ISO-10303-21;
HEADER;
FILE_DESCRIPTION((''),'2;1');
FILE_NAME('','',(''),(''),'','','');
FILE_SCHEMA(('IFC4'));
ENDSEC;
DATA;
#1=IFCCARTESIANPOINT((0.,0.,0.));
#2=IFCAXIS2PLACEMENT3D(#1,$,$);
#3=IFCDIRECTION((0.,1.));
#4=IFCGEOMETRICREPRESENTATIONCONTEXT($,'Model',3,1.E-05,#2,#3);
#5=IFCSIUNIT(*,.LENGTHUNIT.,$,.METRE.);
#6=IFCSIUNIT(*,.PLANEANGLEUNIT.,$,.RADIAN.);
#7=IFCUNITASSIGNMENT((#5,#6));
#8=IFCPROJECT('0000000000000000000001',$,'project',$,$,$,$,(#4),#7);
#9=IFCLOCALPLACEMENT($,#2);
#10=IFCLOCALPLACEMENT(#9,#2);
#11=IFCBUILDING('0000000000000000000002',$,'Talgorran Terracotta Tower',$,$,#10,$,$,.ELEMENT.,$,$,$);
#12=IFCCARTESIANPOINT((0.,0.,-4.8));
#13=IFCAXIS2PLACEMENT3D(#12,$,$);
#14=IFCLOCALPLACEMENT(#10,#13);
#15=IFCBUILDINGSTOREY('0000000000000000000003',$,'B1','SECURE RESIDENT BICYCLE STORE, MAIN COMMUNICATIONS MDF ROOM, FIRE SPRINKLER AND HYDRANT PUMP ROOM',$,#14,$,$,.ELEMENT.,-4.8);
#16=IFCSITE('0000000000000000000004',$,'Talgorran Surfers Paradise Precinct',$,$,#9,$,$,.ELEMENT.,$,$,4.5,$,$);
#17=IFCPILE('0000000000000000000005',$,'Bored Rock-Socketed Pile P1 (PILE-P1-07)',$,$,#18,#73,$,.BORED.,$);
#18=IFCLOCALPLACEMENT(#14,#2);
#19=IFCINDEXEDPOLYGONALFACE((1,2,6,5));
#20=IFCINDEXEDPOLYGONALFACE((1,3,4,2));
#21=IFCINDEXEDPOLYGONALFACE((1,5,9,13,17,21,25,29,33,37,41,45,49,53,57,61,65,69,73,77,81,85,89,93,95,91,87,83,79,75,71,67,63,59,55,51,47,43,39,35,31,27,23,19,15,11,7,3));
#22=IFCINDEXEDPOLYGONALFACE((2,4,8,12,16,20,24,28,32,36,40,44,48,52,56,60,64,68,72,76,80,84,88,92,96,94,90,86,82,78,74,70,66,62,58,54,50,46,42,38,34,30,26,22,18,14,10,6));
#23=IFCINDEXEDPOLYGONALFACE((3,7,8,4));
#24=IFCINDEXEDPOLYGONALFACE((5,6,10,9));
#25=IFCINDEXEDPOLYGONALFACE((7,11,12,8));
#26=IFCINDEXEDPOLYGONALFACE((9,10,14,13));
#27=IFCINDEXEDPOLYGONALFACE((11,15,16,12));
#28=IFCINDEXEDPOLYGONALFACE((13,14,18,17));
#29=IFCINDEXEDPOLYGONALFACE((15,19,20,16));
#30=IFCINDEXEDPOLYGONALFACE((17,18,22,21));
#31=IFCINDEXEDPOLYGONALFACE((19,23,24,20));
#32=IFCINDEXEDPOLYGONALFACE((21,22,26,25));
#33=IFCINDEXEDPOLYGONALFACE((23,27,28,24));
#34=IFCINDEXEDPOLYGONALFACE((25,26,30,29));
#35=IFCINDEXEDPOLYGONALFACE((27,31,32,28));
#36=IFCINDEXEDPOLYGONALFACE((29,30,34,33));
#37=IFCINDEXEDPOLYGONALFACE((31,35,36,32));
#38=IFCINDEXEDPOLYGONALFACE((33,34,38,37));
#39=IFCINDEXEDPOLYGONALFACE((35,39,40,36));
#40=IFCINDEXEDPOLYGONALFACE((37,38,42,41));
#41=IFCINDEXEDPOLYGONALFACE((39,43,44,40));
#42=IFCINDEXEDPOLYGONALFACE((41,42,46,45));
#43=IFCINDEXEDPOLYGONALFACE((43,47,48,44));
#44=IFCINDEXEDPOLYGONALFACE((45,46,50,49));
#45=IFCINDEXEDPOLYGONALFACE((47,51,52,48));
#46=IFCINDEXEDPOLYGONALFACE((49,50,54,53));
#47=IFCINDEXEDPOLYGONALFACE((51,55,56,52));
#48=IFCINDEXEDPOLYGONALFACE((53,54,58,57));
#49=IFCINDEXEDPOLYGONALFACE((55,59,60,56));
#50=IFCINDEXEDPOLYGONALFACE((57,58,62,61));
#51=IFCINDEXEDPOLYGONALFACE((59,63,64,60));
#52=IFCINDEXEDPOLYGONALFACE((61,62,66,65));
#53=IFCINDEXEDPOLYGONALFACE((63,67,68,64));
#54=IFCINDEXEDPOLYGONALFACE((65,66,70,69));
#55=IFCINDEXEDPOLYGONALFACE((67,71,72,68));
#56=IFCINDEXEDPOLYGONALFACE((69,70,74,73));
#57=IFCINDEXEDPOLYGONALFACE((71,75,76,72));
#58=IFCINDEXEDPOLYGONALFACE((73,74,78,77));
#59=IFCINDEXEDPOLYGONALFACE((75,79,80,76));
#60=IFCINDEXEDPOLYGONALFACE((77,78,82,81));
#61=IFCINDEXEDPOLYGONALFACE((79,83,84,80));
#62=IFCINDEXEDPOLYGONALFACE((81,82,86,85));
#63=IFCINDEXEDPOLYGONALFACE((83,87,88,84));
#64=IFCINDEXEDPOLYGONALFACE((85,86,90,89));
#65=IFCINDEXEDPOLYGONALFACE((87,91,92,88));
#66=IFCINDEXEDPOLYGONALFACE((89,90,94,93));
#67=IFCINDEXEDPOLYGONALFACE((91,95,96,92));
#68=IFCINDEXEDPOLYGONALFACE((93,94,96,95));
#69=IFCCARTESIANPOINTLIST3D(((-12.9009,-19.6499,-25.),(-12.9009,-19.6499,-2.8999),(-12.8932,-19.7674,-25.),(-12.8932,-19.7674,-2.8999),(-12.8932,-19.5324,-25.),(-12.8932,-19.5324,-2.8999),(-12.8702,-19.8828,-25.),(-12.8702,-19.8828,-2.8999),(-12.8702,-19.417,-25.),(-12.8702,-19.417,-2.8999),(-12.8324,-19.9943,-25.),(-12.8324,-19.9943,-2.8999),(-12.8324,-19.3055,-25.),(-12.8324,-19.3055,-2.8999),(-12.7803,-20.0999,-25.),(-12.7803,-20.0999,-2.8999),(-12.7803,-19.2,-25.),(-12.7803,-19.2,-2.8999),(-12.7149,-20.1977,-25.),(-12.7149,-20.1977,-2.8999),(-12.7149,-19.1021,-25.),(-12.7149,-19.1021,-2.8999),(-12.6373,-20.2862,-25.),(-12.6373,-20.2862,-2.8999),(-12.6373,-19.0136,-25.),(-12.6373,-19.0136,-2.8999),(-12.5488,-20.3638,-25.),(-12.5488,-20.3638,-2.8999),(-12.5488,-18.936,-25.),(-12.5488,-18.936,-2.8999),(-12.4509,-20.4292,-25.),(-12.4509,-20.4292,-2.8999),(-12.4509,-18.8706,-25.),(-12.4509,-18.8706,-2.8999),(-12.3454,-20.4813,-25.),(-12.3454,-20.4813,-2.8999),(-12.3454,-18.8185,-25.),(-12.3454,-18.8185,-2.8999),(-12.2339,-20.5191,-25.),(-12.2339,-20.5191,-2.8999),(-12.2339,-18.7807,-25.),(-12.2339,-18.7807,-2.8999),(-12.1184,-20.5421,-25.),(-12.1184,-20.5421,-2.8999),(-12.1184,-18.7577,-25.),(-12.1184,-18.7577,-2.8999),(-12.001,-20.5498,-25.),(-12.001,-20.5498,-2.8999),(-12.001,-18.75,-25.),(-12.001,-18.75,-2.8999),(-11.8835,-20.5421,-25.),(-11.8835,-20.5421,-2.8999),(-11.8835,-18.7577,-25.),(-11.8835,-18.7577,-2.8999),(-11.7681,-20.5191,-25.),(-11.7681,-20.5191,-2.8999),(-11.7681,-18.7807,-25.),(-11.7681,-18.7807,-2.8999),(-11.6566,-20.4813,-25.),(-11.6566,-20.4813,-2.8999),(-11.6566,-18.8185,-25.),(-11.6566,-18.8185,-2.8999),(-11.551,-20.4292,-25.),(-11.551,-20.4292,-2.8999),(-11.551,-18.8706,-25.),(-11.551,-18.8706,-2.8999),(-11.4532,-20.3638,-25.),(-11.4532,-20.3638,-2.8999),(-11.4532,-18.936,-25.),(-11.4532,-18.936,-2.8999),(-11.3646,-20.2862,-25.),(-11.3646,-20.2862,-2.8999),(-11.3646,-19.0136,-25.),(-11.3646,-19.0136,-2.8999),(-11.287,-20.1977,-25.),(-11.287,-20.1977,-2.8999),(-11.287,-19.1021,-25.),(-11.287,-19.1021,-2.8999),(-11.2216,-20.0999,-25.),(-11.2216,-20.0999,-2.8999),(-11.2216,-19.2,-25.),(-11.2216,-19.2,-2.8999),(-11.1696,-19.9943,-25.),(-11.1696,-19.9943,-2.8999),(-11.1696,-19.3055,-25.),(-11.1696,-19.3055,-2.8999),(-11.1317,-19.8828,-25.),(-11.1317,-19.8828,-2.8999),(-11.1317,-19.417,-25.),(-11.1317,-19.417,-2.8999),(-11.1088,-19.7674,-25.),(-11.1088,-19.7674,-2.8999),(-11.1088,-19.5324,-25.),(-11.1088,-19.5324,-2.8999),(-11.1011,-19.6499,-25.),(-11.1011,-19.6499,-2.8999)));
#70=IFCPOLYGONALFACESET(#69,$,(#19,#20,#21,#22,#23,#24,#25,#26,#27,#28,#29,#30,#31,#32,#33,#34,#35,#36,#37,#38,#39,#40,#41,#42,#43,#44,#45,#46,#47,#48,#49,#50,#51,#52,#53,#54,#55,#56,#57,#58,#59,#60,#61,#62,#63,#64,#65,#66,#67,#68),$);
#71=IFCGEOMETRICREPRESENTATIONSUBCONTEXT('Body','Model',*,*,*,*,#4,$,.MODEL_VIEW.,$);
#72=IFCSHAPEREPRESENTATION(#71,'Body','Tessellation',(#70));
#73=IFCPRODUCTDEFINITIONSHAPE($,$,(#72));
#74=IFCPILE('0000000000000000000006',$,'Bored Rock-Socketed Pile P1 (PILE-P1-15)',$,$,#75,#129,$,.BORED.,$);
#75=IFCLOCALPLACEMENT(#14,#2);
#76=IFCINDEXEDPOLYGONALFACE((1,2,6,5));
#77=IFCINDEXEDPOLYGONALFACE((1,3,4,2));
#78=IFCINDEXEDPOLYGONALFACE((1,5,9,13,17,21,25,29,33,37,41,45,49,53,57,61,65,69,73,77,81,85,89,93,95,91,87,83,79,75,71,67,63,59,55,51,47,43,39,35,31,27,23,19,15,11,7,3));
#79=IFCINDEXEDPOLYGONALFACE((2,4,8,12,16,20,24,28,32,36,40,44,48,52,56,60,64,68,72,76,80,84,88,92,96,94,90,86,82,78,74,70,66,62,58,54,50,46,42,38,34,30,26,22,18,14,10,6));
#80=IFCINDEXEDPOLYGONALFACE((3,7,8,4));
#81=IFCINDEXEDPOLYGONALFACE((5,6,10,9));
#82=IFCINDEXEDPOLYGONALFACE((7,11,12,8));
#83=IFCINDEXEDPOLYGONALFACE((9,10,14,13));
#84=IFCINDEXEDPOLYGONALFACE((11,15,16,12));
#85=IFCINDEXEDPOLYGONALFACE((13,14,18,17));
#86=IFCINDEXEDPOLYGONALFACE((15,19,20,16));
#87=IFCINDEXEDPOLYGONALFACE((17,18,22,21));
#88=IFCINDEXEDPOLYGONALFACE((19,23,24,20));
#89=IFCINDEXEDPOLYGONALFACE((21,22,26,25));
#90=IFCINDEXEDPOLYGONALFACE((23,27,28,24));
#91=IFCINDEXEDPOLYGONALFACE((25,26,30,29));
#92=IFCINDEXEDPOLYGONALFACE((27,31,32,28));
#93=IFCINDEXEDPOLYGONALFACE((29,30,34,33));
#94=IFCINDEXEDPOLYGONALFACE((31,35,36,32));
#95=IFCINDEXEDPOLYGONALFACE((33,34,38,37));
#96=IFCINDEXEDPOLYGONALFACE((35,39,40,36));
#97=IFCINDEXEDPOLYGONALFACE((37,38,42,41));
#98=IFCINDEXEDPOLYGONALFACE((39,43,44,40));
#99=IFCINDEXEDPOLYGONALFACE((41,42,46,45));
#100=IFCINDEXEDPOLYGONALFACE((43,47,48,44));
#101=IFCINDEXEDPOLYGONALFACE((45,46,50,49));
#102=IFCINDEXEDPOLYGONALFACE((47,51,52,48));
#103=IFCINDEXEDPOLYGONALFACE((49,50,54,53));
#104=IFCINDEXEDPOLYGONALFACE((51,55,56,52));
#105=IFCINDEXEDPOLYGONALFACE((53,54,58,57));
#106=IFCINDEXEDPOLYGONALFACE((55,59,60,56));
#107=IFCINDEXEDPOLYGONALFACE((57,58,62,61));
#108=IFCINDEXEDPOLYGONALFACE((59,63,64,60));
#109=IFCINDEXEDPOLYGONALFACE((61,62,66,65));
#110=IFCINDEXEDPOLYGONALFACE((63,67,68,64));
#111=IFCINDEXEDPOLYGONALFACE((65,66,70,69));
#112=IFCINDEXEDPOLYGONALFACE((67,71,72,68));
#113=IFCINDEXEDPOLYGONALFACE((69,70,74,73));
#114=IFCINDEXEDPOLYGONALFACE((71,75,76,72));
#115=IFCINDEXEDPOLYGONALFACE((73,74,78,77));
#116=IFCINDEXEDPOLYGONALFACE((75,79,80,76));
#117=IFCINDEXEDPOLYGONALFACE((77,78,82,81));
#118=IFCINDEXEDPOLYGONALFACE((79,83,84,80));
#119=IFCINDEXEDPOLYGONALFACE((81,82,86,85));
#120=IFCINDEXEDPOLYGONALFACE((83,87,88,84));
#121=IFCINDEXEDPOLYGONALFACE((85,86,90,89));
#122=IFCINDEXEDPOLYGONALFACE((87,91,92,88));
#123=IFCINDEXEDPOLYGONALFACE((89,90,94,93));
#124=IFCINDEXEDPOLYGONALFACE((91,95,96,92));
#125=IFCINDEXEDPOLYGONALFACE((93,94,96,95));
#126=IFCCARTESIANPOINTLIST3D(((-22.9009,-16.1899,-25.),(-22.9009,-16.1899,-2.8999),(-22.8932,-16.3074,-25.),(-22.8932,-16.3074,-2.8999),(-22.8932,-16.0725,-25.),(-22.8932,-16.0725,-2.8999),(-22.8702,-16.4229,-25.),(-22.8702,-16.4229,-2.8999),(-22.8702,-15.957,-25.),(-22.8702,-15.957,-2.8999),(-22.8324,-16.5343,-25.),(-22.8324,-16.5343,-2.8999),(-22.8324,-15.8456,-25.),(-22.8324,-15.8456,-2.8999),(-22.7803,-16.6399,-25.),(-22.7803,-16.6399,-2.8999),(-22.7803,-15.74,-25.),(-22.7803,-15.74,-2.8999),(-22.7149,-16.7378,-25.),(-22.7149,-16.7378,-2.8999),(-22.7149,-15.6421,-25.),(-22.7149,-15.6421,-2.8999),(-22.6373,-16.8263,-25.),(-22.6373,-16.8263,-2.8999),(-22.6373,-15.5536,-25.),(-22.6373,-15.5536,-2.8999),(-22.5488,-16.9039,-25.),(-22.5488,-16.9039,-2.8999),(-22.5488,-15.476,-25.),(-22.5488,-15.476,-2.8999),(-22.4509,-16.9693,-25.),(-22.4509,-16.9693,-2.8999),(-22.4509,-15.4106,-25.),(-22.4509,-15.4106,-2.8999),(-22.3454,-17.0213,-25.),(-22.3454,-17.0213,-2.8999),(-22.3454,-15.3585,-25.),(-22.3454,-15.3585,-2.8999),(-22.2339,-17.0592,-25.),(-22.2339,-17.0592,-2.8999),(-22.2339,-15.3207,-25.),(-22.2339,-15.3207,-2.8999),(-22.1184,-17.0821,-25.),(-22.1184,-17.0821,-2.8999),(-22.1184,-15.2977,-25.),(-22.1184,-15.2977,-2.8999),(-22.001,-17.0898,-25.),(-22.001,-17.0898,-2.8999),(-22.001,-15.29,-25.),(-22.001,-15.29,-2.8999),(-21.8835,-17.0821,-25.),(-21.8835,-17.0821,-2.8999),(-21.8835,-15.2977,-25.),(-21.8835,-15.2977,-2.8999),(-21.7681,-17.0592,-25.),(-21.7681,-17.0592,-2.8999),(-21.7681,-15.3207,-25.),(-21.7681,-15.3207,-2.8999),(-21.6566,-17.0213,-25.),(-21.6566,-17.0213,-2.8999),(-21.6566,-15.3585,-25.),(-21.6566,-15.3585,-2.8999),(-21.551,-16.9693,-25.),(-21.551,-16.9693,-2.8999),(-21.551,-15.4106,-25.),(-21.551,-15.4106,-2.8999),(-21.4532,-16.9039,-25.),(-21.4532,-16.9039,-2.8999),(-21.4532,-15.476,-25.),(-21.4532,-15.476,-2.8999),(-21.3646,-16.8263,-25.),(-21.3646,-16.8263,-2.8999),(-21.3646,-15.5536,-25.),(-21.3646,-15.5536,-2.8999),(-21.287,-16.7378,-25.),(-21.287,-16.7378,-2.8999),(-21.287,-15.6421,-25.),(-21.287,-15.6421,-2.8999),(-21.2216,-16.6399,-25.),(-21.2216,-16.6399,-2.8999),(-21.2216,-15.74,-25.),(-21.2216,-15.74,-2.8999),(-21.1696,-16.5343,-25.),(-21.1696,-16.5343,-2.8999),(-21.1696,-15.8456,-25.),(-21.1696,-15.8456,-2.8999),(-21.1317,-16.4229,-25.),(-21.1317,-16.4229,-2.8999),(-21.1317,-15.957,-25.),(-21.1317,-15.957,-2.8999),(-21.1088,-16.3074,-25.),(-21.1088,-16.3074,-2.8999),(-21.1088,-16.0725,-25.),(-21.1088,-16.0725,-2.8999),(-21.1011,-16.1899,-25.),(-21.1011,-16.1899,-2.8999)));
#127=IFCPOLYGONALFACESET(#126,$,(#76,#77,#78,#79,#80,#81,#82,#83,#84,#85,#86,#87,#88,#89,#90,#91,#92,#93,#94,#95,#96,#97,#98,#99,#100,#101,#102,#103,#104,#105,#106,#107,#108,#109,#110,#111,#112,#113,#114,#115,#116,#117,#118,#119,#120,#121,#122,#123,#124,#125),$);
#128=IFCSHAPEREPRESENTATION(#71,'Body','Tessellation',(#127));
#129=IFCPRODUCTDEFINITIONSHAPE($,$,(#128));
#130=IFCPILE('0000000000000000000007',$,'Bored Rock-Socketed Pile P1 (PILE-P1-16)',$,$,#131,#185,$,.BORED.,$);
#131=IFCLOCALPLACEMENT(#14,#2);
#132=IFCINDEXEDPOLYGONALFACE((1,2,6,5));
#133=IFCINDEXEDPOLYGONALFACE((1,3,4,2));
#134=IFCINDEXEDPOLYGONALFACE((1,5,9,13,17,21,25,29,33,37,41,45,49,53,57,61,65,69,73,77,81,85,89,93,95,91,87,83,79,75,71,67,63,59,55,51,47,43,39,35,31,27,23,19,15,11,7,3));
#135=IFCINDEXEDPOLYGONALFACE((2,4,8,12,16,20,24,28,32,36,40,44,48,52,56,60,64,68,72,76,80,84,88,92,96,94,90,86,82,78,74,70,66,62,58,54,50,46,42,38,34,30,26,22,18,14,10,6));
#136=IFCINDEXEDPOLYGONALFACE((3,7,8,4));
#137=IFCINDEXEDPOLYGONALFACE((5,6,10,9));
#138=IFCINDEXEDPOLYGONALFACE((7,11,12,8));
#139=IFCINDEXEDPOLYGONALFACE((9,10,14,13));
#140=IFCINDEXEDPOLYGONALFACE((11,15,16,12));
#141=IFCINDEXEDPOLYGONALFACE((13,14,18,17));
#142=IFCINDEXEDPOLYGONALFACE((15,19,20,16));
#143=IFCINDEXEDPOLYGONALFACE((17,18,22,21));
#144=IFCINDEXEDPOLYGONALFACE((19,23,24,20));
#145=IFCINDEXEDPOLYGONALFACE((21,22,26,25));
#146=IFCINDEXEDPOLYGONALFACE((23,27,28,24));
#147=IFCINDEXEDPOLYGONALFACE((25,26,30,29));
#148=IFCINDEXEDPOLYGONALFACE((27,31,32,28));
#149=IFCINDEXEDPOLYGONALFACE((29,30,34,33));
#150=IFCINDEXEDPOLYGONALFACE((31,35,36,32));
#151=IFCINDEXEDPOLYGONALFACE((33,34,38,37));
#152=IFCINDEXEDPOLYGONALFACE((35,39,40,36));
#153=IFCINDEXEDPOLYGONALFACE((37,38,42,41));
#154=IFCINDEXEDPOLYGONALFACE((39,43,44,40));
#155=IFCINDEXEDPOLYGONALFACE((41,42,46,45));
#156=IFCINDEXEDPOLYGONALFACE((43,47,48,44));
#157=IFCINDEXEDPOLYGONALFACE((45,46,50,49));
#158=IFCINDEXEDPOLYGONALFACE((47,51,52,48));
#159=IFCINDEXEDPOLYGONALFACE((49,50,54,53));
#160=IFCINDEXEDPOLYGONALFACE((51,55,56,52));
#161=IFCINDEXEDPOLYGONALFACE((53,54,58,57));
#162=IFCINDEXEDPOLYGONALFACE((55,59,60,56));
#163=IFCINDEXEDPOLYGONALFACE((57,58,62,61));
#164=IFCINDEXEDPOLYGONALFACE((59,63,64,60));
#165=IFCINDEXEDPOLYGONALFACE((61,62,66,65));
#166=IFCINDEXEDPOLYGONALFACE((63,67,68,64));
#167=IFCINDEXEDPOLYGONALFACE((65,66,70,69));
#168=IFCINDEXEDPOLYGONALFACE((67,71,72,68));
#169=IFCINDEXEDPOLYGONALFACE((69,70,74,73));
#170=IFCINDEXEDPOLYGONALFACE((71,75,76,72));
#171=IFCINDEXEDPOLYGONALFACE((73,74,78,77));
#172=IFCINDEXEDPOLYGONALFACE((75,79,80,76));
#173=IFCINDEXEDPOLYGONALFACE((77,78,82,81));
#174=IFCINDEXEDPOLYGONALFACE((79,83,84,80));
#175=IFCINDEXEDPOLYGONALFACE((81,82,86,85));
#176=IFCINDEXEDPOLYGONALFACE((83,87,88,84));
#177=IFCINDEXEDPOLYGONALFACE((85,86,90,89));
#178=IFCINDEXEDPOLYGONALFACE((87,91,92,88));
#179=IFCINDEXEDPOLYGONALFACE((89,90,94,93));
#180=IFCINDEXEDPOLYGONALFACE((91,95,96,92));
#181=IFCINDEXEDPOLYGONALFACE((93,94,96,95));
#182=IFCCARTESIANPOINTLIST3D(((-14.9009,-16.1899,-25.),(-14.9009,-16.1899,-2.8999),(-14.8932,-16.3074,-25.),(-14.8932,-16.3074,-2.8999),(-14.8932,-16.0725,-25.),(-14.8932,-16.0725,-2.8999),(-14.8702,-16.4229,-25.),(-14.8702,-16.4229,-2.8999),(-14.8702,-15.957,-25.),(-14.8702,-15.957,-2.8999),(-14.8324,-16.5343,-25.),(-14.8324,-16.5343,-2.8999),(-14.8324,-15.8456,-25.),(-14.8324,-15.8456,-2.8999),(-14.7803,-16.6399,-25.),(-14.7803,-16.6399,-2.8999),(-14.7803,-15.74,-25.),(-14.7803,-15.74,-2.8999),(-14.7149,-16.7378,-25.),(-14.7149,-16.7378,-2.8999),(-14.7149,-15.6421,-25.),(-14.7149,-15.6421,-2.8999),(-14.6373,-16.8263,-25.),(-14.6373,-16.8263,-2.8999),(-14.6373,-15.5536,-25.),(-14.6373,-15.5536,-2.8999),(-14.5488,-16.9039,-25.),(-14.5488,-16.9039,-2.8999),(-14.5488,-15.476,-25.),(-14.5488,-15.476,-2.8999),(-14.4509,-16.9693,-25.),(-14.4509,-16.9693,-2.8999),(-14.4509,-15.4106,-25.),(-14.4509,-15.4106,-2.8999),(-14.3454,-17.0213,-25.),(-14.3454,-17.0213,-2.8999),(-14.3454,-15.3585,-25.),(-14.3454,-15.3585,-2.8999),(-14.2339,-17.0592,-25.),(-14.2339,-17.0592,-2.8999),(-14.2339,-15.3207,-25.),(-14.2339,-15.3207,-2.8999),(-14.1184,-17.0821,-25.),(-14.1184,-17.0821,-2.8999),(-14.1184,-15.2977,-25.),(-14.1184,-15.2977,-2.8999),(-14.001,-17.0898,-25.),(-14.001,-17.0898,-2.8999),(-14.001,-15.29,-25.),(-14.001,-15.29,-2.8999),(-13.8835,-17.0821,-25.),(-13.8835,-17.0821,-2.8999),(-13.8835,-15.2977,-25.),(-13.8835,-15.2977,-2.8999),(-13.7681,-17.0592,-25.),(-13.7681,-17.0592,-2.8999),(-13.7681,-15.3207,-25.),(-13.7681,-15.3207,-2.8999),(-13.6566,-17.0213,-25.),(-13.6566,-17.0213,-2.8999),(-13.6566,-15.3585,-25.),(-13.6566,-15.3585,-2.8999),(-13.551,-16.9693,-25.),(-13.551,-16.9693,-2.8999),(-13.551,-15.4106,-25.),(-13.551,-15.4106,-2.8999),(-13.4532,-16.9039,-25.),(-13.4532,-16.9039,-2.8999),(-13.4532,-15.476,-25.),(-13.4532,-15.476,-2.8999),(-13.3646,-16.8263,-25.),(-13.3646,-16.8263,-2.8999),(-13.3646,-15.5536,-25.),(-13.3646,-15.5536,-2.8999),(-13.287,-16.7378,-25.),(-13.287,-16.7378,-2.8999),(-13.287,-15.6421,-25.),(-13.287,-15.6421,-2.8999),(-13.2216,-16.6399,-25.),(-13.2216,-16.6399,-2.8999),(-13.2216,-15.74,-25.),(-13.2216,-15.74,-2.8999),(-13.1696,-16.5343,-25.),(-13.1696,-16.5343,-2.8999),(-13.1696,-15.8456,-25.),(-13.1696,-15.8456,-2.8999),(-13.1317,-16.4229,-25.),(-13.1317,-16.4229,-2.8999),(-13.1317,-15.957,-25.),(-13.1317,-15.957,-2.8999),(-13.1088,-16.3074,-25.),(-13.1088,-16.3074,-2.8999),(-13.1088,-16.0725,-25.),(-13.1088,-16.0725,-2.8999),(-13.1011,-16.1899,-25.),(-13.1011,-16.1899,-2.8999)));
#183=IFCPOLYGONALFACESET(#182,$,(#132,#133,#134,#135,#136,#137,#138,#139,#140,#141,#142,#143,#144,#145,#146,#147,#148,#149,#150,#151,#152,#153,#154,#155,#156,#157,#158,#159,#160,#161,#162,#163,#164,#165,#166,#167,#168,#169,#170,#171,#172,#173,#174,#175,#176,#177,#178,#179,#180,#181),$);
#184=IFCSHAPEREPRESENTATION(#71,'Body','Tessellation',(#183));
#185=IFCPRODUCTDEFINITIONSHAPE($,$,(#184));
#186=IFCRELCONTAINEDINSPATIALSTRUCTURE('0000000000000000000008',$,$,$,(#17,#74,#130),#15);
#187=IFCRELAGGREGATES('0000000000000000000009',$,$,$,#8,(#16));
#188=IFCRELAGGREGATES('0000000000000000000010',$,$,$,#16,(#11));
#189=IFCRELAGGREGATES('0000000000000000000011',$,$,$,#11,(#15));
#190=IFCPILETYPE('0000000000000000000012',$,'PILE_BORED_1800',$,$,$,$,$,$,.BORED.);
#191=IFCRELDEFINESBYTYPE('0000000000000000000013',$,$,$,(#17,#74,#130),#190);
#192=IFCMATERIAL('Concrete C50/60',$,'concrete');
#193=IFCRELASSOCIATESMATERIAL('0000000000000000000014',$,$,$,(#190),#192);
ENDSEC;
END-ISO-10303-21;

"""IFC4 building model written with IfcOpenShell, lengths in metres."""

from ifc_helpers import new_model, si_unit, direction, frame, origin, origin_2d, place, context, subcontext, project, spatial, circle, extrude, material, material_profile, profile_set, type_object, element, save


model = new_model("IFC4")

# Units and contexts
model_context = context("Model", 3, precision=1e-05, world=origin(), true_north=direction((0.0, 1.0)))
body_context = subcontext(model_context, "Body", "Model", "MODEL_VIEW")
ifc_project = project(units=[si_unit("LENGTHUNIT", "METRE"), si_unit("PLANEANGLEUNIT", "RADIAN")], contexts=[model_context])

# Site, building, storey
site_placement = place(None, origin())
site = spatial("IfcSite", under=ifc_project, at=site_placement, Name="Talgorran Surfers Paradise Precinct", CompositionType="ELEMENT", RefElevation=4.5)
building_placement = place(site_placement, origin())
building = spatial("IfcBuilding", under=site, at=building_placement, Name="Talgorran Terracotta Tower", CompositionType="ELEMENT")
storey_placement = place(building_placement, frame((0.0, 0.0, -4.8)))
storey = spatial("IfcBuildingStorey", under=building, at=storey_placement, Name="B1", Description="SECURE RESIDENT BICYCLE STORE, MAIN COMMUNICATIONS MDF ROOM, FIRE SPRINKLER AND HYDRANT PUMP ROOM", CompositionType="ELEMENT", Elevation=-4.8)

# Shared definitions
ifc_material_1 = material(Name="Concrete C50/60", Category="concrete")

# Piles
ifc_material_profile_1 = material_profile(ifc_material_1, circle(Radius=0.8999, at=origin_2d()), Name="PILE1800")
ifc_profile_set_1 = profile_set([ifc_material_profile_1], Name="Concrete C50/60")
pile_type = type_object("IfcPileType", Name="PILE_BORED_1800", PredefinedType="BORED", material=ifc_profile_set_1)
for number, where, z_axis, x_axis, name in (
    (1, (-12.001, -19.6499, -2.8999), (0.0, 0.0, -1.0), (1.0, 0.0, 0.0), "Bored Rock-Socketed Pile P1 (PILE-P1-07)"),
    (2, (-22.001, -16.1899, -2.8999), (0.0, 0.0, -1.0), (1.0, 0.0, 0.0), "Bored Rock-Socketed Pile P1 (PILE-P1-15)"),
    (3, (-14.001, -16.1899, -2.8999), (0.0, 0.0, -1.0), (1.0, 0.0, 0.0), "Bored Rock-Socketed Pile P1 (PILE-P1-16)"),
):
    element("IfcPile", number, at=place(storey_placement, frame(where, z_axis=z_axis, x_axis=x_axis)), inside=storey, type_object=pile_type, Name=name, PredefinedType="BORED", context=body_context, shape_type="SweptSolid", body=[
        extrude(circle(Radius=0.8999, at=origin_2d()), origin(), (0.0, 0.0, 1.0), 22.1001),
    ])

save(model, "model.ifc")
